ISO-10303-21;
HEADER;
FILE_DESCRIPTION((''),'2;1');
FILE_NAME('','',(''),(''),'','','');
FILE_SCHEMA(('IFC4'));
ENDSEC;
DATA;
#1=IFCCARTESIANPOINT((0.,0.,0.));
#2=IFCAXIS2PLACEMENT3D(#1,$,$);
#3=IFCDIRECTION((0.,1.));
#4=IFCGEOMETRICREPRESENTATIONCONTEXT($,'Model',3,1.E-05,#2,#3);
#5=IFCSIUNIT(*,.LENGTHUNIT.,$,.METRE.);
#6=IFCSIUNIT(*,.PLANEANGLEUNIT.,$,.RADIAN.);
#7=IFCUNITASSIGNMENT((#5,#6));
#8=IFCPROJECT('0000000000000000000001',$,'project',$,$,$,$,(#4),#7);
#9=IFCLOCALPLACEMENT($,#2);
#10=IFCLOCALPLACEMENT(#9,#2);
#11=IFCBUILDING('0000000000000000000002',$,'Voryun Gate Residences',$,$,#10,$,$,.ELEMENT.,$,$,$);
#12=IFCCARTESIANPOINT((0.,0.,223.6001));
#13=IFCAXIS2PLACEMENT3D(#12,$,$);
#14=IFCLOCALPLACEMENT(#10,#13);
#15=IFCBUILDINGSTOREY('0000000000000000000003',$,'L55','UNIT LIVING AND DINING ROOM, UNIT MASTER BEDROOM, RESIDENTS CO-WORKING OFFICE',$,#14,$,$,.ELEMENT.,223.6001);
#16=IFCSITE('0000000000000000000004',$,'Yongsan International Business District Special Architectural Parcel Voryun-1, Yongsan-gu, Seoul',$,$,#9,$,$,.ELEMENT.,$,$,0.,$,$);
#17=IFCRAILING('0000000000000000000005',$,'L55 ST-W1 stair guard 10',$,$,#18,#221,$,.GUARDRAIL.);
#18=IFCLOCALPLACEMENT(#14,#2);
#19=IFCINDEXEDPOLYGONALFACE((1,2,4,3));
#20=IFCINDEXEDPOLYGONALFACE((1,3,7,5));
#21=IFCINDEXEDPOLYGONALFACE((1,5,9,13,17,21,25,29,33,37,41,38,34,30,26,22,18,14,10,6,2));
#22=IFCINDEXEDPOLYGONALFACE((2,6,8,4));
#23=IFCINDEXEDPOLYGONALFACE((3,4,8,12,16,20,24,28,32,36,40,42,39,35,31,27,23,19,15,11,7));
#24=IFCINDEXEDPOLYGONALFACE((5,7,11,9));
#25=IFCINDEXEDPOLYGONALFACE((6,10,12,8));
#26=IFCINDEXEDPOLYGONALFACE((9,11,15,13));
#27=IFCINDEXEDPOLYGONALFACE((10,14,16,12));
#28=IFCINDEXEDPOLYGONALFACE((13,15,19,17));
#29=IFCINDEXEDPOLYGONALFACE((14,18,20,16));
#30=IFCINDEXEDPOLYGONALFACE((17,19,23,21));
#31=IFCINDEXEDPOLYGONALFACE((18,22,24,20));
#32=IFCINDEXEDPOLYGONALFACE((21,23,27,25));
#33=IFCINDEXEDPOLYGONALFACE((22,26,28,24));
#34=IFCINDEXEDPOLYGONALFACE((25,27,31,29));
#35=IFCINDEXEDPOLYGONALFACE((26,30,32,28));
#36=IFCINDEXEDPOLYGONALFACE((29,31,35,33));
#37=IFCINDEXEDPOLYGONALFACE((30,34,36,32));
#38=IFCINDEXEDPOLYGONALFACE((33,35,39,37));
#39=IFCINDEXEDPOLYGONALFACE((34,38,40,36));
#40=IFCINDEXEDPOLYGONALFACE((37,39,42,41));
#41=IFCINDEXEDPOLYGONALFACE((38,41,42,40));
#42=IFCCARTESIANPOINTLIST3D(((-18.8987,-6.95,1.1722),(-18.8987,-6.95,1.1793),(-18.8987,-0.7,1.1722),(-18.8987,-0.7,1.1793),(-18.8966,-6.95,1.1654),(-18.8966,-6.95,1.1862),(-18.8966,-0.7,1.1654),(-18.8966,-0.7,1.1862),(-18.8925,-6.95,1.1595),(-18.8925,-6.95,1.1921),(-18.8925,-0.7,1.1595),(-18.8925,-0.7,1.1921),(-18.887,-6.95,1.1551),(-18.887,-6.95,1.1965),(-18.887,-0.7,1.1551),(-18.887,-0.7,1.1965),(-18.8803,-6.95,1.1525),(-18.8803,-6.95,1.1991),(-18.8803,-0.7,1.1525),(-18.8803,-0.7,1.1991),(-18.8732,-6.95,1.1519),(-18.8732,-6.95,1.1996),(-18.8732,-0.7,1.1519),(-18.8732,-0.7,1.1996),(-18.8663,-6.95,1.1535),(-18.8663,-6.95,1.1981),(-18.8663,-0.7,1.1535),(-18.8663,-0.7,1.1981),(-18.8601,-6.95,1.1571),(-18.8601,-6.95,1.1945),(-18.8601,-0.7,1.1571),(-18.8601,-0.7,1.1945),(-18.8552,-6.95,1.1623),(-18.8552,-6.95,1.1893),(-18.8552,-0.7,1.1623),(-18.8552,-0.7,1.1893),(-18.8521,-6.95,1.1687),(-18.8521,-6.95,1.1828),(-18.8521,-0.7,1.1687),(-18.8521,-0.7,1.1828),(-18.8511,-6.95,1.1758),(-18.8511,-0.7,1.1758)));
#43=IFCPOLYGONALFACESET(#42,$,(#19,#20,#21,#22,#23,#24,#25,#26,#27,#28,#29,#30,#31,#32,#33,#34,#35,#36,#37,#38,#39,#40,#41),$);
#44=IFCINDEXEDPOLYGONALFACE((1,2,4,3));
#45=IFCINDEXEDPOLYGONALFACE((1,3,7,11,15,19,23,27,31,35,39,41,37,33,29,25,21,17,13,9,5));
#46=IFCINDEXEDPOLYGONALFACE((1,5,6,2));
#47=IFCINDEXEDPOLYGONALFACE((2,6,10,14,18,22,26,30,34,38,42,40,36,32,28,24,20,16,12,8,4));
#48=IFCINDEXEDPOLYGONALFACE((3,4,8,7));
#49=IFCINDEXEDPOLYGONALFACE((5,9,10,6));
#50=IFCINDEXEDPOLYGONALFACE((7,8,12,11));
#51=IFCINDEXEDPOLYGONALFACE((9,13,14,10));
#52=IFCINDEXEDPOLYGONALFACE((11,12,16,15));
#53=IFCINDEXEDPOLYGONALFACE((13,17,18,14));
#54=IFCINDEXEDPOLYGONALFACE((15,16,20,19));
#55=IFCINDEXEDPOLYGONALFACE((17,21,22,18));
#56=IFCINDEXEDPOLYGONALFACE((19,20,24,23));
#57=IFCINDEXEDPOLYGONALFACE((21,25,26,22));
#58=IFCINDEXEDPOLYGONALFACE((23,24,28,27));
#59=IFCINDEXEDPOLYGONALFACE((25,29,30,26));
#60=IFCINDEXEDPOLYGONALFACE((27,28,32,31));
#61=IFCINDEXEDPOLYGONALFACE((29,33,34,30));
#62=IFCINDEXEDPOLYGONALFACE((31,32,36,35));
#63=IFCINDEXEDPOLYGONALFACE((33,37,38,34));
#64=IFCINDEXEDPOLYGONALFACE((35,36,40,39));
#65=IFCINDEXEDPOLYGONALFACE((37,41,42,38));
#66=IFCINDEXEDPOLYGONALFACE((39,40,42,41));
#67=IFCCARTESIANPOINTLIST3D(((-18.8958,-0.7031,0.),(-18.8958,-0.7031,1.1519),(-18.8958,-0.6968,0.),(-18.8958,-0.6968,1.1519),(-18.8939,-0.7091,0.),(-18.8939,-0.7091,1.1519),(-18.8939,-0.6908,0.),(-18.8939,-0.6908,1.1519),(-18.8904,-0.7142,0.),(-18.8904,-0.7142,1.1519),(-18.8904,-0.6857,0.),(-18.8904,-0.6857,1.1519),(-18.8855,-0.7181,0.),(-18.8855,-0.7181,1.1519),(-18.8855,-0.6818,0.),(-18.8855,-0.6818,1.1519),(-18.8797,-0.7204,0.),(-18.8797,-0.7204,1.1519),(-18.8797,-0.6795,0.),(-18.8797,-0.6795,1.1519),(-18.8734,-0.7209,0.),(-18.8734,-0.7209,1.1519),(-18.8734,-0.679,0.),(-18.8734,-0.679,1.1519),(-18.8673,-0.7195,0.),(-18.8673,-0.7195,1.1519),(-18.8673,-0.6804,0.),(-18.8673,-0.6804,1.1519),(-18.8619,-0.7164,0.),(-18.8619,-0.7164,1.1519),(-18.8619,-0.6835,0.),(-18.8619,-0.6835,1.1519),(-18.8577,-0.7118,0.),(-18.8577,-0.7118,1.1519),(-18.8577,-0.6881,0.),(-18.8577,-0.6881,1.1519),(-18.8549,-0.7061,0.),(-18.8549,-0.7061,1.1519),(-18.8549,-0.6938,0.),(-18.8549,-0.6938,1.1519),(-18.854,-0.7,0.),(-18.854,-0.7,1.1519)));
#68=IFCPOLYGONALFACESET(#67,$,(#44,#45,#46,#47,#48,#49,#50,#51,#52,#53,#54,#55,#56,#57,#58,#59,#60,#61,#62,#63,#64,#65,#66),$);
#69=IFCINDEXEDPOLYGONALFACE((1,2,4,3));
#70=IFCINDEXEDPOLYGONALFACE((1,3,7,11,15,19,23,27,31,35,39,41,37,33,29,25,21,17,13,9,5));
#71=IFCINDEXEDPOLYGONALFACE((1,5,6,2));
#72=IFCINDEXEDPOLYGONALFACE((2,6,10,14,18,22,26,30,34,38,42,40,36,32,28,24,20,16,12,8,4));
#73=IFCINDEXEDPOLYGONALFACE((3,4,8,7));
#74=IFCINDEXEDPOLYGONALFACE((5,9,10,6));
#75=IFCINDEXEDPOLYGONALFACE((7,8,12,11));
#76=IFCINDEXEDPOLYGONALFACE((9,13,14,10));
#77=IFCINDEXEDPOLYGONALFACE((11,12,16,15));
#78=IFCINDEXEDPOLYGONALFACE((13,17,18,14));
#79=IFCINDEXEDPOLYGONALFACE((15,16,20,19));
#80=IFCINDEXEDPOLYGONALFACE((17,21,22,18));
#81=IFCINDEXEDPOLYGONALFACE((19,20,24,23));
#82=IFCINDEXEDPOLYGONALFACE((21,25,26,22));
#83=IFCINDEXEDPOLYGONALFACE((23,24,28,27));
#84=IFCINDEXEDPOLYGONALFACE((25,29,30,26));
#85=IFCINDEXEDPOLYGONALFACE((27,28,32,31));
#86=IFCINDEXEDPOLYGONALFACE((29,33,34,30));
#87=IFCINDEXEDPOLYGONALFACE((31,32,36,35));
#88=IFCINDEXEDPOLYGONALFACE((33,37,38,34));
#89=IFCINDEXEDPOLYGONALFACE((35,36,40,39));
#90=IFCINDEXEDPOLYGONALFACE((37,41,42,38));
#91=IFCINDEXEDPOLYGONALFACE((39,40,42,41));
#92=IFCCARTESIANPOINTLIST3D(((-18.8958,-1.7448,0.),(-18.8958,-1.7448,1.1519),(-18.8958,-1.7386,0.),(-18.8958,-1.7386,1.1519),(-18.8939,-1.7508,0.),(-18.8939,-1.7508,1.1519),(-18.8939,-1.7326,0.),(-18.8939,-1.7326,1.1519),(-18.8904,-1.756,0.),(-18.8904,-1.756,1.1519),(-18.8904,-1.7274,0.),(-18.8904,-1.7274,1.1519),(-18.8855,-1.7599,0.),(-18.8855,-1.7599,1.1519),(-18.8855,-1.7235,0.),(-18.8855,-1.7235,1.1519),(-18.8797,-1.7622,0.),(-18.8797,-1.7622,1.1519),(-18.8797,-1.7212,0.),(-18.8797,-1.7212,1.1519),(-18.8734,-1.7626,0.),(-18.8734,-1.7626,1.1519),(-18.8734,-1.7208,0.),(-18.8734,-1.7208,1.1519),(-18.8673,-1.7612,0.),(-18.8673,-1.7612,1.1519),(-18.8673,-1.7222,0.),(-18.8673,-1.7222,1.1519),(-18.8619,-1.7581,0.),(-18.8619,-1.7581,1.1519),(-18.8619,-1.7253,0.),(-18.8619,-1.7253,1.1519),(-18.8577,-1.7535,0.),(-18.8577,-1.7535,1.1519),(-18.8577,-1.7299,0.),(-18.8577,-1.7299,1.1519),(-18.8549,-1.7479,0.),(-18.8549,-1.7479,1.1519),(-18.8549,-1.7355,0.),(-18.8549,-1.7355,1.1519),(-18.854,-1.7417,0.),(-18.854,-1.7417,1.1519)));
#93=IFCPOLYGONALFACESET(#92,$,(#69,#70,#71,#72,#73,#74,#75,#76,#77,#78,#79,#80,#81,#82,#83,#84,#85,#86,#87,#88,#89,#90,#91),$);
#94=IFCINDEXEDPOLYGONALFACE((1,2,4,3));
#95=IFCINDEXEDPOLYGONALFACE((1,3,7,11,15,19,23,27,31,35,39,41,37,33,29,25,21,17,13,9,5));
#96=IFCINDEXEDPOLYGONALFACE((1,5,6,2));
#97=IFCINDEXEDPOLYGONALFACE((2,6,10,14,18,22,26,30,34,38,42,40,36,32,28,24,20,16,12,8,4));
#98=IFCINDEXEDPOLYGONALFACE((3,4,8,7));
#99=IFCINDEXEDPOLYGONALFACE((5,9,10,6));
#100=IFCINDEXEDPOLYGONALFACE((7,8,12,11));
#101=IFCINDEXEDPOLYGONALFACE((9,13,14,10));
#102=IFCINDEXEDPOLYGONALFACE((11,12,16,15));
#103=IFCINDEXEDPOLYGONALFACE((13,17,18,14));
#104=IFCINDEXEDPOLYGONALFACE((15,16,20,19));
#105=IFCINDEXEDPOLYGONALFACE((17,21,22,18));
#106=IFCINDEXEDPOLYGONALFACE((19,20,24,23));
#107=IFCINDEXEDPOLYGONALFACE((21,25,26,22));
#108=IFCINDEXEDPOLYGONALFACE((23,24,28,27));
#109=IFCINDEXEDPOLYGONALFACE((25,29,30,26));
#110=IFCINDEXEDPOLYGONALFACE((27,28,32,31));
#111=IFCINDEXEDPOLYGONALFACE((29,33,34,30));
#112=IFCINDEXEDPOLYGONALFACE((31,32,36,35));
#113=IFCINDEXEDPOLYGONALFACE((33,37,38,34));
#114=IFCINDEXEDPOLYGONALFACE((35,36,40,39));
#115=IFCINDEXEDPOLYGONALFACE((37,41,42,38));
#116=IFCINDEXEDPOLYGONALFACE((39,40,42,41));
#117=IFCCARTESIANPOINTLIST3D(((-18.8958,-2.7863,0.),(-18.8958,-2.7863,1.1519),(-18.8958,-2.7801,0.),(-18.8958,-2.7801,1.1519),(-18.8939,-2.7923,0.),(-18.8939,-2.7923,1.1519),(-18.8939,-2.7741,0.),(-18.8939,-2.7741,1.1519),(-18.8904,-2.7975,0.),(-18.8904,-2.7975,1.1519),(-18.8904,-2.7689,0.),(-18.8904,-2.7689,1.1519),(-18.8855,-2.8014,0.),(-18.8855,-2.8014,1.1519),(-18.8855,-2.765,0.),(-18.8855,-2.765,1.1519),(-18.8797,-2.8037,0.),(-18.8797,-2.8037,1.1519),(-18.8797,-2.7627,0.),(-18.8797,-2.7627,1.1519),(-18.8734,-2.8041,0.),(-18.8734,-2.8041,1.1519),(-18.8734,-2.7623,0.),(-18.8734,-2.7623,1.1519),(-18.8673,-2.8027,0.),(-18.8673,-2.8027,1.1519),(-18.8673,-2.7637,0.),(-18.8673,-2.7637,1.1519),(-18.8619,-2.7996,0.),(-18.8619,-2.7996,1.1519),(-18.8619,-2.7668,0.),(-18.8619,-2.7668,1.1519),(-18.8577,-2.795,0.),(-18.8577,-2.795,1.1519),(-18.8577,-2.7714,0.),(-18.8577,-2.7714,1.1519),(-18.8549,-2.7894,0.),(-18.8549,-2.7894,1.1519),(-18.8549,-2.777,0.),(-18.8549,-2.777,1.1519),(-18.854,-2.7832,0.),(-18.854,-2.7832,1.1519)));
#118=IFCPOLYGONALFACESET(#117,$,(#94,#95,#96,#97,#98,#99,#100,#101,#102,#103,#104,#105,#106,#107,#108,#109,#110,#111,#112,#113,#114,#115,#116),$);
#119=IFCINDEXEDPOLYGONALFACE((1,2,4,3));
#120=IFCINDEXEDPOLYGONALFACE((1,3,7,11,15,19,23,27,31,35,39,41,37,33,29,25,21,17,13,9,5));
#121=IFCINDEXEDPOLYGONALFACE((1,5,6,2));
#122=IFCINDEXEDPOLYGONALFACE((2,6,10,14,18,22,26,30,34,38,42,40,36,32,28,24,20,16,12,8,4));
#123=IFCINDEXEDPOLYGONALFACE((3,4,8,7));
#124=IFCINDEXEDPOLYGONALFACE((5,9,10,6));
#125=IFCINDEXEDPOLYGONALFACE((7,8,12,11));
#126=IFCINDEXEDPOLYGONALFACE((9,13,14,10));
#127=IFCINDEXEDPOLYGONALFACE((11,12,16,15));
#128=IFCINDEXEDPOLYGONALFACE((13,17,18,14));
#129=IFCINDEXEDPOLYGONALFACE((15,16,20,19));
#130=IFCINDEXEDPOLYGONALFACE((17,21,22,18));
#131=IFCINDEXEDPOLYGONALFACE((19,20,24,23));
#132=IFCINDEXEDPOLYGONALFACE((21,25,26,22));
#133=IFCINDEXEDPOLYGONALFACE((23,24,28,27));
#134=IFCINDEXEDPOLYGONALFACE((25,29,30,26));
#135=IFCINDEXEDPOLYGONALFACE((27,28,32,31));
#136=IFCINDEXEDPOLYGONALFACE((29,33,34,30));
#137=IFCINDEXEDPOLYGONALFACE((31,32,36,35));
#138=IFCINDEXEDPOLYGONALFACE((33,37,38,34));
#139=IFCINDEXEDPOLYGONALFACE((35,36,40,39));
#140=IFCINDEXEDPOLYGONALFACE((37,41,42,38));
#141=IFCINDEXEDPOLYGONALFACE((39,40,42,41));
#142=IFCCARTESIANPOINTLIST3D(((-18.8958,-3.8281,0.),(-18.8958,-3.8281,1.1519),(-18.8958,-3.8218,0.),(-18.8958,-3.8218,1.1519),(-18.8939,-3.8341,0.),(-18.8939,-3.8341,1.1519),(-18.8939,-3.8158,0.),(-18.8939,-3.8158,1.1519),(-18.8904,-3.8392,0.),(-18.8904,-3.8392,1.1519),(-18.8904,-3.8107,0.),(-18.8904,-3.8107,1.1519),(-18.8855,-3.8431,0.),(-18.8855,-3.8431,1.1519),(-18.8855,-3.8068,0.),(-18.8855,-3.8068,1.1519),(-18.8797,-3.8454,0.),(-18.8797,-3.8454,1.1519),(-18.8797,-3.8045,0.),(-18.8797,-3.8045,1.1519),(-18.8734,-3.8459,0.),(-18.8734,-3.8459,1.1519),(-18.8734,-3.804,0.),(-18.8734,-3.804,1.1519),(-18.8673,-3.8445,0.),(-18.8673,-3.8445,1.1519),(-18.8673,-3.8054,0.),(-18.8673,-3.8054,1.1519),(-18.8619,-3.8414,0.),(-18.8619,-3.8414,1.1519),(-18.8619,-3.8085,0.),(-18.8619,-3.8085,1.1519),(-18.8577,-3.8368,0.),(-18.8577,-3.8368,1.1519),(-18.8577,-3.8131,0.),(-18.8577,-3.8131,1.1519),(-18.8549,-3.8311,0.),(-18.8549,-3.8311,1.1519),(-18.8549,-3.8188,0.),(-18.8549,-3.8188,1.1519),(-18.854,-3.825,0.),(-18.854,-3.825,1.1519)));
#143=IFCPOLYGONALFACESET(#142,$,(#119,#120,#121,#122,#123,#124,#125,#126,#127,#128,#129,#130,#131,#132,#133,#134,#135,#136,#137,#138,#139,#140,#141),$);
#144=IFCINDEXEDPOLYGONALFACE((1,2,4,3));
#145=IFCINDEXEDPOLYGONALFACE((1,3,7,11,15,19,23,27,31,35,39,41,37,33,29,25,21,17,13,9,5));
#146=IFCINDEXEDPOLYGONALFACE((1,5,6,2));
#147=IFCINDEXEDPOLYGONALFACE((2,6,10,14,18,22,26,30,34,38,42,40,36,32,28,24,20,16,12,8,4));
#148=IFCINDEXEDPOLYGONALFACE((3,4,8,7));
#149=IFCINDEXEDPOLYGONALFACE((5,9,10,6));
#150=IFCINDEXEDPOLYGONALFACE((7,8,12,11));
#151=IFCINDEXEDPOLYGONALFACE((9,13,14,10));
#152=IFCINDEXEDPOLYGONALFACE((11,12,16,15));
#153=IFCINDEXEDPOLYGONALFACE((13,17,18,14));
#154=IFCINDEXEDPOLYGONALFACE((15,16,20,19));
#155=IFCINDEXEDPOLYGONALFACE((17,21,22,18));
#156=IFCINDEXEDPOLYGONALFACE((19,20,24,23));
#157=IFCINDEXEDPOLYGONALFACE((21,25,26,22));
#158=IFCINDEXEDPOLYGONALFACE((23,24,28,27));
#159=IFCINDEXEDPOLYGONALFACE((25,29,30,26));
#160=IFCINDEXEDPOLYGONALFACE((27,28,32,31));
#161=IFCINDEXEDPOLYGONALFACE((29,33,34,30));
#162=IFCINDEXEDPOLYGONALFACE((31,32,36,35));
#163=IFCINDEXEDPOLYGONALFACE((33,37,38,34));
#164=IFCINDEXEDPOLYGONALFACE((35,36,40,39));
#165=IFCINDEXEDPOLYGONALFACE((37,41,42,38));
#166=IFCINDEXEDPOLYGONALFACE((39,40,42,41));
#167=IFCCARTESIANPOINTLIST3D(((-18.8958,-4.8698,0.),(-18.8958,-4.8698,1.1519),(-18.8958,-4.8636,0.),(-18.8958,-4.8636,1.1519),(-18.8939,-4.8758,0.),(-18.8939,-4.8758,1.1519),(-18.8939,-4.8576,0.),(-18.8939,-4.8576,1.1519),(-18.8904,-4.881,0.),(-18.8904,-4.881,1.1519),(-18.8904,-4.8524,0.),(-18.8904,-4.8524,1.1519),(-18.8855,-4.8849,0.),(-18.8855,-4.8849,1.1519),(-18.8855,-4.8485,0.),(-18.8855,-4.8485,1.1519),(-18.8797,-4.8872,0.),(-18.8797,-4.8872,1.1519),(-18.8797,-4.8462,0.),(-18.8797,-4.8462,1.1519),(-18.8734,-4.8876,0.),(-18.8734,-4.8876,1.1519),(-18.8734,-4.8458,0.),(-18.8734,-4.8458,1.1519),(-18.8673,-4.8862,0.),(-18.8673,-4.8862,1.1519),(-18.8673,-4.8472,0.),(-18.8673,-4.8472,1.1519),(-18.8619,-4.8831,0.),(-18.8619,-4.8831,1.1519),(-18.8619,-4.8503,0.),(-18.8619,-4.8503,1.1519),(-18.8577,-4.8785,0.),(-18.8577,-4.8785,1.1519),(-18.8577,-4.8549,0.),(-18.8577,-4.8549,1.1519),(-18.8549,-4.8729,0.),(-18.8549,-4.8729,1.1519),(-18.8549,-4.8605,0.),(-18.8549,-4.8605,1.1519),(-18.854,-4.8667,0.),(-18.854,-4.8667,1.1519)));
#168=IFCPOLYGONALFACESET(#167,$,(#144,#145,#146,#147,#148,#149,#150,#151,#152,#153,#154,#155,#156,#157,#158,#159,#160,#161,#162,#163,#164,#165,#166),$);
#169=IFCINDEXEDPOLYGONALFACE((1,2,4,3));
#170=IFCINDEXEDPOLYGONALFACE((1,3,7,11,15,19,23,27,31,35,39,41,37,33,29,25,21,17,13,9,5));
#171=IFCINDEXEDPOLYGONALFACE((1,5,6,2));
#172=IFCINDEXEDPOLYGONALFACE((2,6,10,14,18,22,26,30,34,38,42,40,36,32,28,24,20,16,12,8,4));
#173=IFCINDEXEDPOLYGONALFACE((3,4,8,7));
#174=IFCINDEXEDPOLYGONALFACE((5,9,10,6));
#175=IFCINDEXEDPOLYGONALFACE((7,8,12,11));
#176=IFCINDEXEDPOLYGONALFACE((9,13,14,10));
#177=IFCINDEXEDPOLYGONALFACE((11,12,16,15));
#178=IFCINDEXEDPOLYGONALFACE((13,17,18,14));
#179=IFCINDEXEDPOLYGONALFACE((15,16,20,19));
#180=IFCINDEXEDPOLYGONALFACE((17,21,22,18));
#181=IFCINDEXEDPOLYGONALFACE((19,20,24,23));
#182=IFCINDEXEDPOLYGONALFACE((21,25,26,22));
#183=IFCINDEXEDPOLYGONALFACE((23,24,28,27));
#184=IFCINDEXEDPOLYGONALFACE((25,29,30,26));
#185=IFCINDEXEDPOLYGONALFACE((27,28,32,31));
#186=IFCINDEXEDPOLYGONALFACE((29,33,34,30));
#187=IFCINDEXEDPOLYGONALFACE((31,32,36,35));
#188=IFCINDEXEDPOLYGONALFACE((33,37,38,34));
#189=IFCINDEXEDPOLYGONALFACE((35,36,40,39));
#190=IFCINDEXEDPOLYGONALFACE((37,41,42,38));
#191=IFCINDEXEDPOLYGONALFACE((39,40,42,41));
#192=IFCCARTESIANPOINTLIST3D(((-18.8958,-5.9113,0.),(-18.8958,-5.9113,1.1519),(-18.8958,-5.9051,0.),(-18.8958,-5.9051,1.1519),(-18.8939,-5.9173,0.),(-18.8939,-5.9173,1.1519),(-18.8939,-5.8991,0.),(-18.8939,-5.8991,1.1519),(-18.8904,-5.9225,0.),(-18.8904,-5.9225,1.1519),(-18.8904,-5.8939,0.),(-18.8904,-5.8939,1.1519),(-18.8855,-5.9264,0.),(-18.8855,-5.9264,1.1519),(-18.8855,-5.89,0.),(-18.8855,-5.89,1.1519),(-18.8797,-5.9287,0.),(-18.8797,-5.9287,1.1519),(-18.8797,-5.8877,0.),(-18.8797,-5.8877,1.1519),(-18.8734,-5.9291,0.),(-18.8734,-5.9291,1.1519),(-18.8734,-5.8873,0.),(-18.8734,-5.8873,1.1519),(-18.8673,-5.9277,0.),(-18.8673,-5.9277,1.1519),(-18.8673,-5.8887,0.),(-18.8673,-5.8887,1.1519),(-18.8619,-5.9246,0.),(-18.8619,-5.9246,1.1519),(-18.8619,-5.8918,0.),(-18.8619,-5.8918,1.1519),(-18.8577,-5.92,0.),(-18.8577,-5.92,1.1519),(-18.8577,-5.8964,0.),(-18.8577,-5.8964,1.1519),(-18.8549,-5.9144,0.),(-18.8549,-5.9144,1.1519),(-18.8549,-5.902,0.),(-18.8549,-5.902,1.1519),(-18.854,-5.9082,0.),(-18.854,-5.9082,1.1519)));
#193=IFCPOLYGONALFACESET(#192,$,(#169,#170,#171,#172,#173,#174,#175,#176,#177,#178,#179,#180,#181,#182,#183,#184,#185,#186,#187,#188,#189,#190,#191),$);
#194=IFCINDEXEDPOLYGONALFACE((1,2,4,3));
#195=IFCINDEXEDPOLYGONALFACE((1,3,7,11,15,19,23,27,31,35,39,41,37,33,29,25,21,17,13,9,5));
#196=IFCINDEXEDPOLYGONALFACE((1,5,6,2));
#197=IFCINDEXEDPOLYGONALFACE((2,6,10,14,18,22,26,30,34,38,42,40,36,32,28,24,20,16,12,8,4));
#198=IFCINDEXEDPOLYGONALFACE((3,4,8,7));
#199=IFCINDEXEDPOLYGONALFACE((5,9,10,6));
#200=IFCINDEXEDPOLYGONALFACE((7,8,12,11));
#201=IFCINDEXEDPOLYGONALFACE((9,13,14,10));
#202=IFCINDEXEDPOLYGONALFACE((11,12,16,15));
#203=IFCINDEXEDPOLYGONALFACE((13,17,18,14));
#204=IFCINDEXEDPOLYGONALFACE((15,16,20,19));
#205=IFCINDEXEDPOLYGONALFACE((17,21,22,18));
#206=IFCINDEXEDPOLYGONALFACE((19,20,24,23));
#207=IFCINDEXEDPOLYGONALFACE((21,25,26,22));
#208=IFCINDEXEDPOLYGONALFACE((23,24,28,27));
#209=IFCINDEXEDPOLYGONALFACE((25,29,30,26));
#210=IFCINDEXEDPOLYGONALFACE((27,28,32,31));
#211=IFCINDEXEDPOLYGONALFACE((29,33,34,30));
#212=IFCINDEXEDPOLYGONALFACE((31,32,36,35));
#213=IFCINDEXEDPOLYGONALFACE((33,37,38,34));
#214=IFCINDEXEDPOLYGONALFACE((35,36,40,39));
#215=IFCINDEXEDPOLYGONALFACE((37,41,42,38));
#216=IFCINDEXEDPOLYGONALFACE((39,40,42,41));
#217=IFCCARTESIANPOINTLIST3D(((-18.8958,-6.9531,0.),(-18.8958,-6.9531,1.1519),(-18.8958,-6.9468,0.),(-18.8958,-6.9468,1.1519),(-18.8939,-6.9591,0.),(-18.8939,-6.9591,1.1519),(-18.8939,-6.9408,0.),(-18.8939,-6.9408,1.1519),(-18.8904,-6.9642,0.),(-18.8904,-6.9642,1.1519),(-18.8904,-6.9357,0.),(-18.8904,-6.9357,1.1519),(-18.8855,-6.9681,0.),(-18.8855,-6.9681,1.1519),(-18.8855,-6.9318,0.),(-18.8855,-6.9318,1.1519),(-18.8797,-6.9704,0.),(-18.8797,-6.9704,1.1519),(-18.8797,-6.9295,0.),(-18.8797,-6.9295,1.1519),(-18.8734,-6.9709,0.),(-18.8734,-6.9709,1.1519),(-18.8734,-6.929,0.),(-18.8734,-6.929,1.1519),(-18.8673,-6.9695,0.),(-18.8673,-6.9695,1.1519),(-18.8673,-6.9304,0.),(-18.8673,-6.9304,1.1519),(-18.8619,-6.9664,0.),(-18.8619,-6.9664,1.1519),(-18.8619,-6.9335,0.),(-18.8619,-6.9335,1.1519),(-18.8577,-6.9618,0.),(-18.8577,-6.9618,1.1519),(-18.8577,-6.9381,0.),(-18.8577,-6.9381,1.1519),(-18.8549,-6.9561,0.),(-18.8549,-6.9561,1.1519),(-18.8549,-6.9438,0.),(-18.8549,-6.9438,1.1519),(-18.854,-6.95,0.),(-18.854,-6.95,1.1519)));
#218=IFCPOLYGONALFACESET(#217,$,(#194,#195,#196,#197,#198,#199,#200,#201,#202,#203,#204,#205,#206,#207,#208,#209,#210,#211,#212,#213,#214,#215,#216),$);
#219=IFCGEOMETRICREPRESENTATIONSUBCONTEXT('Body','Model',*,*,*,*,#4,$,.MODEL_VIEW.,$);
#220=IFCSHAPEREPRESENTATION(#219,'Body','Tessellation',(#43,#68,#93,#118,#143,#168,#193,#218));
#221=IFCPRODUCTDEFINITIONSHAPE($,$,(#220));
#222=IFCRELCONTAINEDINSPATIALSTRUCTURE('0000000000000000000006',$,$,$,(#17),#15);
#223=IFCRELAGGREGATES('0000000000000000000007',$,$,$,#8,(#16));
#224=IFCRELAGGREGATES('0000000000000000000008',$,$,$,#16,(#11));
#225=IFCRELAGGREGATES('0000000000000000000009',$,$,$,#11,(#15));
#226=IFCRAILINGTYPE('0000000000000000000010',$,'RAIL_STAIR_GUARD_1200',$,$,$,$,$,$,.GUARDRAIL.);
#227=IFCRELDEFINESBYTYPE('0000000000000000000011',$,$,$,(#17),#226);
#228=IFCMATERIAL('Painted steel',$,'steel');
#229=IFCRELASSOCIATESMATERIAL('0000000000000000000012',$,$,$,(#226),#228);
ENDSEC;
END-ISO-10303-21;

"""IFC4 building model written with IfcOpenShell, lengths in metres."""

from ifc_helpers import new_model, si_unit, direction, frame, origin, origin_2d, place, context, subcontext, project, spatial, circle, extrude, material, type_object, element, save


model = new_model("IFC4")

# Units and contexts
model_context = context("Model", 3, precision=1e-05, world=origin(), true_north=direction((0.0, 1.0)))
body_context = subcontext(model_context, "Body", "Model", "MODEL_VIEW")
ifc_project = project(units=[si_unit("LENGTHUNIT", "METRE"), si_unit("PLANEANGLEUNIT", "RADIAN")], contexts=[model_context])

# Site, building, storey
site_placement = place(None, origin())
site = spatial("IfcSite", under=ifc_project, at=site_placement, Name="Yongsan International Business District Special Architectural Parcel Voryun-1, Yongsan-gu, Seoul", CompositionType="ELEMENT", RefElevation=0.0)
building_placement = place(site_placement, origin())
building = spatial("IfcBuilding", under=site, at=building_placement, Name="Voryun Gate Residences", CompositionType="ELEMENT")
storey_placement = place(building_placement, frame((0.0, 0.0, 223.6001)))
storey = spatial("IfcBuildingStorey", under=building, at=storey_placement, Name="L55", Description="UNIT LIVING AND DINING ROOM, UNIT MASTER BEDROOM, RESIDENTS CO-WORKING OFFICE", CompositionType="ELEMENT", Elevation=223.6001)

# Railing
ifc_material_1 = material(Name="Painted steel", Category="steel")
railing_type = type_object("IfcRailingType", Name="RAIL_STAIR_GUARD_1200", PredefinedType="GUARDRAIL", material=ifc_material_1)
railing_1_placement = place(storey_placement, frame((-18.875, -0.7, 0.0)))
element("IfcRailing", 1, at=railing_1_placement, inside=storey, type_object=railing_type, Name="L55 ST-W1 stair guard 10", PredefinedType="GUARDRAIL", context=body_context, shape_type="SweptSolid", body=[
    extrude(circle(Radius=0.0239, at=origin_2d()), frame((0.0, 0.0, 1.1758), z_axis=(0.0, -1.0, 0.0), x_axis=(1.0, 0.0, 0.0)), (0.0, 0.0, 1.0), 6.25),
    extrude(circle(Radius=0.021, at=origin_2d()), origin(), (0.0, 0.0, 1.0), 1.1519),
    extrude(circle(Radius=0.021, at=origin_2d()), frame((0.0, -1.0417, 0.0)), (0.0, 0.0, 1.0), 1.1519),
    extrude(circle(Radius=0.021, at=origin_2d()), frame((0.0, -2.0833, 0.0)), (0.0, 0.0, 1.0), 1.1519),
    extrude(circle(Radius=0.021, at=origin_2d()), frame((0.0, -3.125, 0.0)), (0.0, 0.0, 1.0), 1.1519),
    extrude(circle(Radius=0.021, at=origin_2d()), frame((0.0, -4.1667, 0.0)), (0.0, 0.0, 1.0), 1.1519),
    extrude(circle(Radius=0.021, at=origin_2d()), frame((0.0, -5.2083, 0.0)), (0.0, 0.0, 1.0), 1.1519),
    extrude(circle(Radius=0.021, at=origin_2d()), frame((0.0, -6.25, 0.0)), (0.0, 0.0, 1.0), 1.1519),
])

save(model, "model.ifc")
